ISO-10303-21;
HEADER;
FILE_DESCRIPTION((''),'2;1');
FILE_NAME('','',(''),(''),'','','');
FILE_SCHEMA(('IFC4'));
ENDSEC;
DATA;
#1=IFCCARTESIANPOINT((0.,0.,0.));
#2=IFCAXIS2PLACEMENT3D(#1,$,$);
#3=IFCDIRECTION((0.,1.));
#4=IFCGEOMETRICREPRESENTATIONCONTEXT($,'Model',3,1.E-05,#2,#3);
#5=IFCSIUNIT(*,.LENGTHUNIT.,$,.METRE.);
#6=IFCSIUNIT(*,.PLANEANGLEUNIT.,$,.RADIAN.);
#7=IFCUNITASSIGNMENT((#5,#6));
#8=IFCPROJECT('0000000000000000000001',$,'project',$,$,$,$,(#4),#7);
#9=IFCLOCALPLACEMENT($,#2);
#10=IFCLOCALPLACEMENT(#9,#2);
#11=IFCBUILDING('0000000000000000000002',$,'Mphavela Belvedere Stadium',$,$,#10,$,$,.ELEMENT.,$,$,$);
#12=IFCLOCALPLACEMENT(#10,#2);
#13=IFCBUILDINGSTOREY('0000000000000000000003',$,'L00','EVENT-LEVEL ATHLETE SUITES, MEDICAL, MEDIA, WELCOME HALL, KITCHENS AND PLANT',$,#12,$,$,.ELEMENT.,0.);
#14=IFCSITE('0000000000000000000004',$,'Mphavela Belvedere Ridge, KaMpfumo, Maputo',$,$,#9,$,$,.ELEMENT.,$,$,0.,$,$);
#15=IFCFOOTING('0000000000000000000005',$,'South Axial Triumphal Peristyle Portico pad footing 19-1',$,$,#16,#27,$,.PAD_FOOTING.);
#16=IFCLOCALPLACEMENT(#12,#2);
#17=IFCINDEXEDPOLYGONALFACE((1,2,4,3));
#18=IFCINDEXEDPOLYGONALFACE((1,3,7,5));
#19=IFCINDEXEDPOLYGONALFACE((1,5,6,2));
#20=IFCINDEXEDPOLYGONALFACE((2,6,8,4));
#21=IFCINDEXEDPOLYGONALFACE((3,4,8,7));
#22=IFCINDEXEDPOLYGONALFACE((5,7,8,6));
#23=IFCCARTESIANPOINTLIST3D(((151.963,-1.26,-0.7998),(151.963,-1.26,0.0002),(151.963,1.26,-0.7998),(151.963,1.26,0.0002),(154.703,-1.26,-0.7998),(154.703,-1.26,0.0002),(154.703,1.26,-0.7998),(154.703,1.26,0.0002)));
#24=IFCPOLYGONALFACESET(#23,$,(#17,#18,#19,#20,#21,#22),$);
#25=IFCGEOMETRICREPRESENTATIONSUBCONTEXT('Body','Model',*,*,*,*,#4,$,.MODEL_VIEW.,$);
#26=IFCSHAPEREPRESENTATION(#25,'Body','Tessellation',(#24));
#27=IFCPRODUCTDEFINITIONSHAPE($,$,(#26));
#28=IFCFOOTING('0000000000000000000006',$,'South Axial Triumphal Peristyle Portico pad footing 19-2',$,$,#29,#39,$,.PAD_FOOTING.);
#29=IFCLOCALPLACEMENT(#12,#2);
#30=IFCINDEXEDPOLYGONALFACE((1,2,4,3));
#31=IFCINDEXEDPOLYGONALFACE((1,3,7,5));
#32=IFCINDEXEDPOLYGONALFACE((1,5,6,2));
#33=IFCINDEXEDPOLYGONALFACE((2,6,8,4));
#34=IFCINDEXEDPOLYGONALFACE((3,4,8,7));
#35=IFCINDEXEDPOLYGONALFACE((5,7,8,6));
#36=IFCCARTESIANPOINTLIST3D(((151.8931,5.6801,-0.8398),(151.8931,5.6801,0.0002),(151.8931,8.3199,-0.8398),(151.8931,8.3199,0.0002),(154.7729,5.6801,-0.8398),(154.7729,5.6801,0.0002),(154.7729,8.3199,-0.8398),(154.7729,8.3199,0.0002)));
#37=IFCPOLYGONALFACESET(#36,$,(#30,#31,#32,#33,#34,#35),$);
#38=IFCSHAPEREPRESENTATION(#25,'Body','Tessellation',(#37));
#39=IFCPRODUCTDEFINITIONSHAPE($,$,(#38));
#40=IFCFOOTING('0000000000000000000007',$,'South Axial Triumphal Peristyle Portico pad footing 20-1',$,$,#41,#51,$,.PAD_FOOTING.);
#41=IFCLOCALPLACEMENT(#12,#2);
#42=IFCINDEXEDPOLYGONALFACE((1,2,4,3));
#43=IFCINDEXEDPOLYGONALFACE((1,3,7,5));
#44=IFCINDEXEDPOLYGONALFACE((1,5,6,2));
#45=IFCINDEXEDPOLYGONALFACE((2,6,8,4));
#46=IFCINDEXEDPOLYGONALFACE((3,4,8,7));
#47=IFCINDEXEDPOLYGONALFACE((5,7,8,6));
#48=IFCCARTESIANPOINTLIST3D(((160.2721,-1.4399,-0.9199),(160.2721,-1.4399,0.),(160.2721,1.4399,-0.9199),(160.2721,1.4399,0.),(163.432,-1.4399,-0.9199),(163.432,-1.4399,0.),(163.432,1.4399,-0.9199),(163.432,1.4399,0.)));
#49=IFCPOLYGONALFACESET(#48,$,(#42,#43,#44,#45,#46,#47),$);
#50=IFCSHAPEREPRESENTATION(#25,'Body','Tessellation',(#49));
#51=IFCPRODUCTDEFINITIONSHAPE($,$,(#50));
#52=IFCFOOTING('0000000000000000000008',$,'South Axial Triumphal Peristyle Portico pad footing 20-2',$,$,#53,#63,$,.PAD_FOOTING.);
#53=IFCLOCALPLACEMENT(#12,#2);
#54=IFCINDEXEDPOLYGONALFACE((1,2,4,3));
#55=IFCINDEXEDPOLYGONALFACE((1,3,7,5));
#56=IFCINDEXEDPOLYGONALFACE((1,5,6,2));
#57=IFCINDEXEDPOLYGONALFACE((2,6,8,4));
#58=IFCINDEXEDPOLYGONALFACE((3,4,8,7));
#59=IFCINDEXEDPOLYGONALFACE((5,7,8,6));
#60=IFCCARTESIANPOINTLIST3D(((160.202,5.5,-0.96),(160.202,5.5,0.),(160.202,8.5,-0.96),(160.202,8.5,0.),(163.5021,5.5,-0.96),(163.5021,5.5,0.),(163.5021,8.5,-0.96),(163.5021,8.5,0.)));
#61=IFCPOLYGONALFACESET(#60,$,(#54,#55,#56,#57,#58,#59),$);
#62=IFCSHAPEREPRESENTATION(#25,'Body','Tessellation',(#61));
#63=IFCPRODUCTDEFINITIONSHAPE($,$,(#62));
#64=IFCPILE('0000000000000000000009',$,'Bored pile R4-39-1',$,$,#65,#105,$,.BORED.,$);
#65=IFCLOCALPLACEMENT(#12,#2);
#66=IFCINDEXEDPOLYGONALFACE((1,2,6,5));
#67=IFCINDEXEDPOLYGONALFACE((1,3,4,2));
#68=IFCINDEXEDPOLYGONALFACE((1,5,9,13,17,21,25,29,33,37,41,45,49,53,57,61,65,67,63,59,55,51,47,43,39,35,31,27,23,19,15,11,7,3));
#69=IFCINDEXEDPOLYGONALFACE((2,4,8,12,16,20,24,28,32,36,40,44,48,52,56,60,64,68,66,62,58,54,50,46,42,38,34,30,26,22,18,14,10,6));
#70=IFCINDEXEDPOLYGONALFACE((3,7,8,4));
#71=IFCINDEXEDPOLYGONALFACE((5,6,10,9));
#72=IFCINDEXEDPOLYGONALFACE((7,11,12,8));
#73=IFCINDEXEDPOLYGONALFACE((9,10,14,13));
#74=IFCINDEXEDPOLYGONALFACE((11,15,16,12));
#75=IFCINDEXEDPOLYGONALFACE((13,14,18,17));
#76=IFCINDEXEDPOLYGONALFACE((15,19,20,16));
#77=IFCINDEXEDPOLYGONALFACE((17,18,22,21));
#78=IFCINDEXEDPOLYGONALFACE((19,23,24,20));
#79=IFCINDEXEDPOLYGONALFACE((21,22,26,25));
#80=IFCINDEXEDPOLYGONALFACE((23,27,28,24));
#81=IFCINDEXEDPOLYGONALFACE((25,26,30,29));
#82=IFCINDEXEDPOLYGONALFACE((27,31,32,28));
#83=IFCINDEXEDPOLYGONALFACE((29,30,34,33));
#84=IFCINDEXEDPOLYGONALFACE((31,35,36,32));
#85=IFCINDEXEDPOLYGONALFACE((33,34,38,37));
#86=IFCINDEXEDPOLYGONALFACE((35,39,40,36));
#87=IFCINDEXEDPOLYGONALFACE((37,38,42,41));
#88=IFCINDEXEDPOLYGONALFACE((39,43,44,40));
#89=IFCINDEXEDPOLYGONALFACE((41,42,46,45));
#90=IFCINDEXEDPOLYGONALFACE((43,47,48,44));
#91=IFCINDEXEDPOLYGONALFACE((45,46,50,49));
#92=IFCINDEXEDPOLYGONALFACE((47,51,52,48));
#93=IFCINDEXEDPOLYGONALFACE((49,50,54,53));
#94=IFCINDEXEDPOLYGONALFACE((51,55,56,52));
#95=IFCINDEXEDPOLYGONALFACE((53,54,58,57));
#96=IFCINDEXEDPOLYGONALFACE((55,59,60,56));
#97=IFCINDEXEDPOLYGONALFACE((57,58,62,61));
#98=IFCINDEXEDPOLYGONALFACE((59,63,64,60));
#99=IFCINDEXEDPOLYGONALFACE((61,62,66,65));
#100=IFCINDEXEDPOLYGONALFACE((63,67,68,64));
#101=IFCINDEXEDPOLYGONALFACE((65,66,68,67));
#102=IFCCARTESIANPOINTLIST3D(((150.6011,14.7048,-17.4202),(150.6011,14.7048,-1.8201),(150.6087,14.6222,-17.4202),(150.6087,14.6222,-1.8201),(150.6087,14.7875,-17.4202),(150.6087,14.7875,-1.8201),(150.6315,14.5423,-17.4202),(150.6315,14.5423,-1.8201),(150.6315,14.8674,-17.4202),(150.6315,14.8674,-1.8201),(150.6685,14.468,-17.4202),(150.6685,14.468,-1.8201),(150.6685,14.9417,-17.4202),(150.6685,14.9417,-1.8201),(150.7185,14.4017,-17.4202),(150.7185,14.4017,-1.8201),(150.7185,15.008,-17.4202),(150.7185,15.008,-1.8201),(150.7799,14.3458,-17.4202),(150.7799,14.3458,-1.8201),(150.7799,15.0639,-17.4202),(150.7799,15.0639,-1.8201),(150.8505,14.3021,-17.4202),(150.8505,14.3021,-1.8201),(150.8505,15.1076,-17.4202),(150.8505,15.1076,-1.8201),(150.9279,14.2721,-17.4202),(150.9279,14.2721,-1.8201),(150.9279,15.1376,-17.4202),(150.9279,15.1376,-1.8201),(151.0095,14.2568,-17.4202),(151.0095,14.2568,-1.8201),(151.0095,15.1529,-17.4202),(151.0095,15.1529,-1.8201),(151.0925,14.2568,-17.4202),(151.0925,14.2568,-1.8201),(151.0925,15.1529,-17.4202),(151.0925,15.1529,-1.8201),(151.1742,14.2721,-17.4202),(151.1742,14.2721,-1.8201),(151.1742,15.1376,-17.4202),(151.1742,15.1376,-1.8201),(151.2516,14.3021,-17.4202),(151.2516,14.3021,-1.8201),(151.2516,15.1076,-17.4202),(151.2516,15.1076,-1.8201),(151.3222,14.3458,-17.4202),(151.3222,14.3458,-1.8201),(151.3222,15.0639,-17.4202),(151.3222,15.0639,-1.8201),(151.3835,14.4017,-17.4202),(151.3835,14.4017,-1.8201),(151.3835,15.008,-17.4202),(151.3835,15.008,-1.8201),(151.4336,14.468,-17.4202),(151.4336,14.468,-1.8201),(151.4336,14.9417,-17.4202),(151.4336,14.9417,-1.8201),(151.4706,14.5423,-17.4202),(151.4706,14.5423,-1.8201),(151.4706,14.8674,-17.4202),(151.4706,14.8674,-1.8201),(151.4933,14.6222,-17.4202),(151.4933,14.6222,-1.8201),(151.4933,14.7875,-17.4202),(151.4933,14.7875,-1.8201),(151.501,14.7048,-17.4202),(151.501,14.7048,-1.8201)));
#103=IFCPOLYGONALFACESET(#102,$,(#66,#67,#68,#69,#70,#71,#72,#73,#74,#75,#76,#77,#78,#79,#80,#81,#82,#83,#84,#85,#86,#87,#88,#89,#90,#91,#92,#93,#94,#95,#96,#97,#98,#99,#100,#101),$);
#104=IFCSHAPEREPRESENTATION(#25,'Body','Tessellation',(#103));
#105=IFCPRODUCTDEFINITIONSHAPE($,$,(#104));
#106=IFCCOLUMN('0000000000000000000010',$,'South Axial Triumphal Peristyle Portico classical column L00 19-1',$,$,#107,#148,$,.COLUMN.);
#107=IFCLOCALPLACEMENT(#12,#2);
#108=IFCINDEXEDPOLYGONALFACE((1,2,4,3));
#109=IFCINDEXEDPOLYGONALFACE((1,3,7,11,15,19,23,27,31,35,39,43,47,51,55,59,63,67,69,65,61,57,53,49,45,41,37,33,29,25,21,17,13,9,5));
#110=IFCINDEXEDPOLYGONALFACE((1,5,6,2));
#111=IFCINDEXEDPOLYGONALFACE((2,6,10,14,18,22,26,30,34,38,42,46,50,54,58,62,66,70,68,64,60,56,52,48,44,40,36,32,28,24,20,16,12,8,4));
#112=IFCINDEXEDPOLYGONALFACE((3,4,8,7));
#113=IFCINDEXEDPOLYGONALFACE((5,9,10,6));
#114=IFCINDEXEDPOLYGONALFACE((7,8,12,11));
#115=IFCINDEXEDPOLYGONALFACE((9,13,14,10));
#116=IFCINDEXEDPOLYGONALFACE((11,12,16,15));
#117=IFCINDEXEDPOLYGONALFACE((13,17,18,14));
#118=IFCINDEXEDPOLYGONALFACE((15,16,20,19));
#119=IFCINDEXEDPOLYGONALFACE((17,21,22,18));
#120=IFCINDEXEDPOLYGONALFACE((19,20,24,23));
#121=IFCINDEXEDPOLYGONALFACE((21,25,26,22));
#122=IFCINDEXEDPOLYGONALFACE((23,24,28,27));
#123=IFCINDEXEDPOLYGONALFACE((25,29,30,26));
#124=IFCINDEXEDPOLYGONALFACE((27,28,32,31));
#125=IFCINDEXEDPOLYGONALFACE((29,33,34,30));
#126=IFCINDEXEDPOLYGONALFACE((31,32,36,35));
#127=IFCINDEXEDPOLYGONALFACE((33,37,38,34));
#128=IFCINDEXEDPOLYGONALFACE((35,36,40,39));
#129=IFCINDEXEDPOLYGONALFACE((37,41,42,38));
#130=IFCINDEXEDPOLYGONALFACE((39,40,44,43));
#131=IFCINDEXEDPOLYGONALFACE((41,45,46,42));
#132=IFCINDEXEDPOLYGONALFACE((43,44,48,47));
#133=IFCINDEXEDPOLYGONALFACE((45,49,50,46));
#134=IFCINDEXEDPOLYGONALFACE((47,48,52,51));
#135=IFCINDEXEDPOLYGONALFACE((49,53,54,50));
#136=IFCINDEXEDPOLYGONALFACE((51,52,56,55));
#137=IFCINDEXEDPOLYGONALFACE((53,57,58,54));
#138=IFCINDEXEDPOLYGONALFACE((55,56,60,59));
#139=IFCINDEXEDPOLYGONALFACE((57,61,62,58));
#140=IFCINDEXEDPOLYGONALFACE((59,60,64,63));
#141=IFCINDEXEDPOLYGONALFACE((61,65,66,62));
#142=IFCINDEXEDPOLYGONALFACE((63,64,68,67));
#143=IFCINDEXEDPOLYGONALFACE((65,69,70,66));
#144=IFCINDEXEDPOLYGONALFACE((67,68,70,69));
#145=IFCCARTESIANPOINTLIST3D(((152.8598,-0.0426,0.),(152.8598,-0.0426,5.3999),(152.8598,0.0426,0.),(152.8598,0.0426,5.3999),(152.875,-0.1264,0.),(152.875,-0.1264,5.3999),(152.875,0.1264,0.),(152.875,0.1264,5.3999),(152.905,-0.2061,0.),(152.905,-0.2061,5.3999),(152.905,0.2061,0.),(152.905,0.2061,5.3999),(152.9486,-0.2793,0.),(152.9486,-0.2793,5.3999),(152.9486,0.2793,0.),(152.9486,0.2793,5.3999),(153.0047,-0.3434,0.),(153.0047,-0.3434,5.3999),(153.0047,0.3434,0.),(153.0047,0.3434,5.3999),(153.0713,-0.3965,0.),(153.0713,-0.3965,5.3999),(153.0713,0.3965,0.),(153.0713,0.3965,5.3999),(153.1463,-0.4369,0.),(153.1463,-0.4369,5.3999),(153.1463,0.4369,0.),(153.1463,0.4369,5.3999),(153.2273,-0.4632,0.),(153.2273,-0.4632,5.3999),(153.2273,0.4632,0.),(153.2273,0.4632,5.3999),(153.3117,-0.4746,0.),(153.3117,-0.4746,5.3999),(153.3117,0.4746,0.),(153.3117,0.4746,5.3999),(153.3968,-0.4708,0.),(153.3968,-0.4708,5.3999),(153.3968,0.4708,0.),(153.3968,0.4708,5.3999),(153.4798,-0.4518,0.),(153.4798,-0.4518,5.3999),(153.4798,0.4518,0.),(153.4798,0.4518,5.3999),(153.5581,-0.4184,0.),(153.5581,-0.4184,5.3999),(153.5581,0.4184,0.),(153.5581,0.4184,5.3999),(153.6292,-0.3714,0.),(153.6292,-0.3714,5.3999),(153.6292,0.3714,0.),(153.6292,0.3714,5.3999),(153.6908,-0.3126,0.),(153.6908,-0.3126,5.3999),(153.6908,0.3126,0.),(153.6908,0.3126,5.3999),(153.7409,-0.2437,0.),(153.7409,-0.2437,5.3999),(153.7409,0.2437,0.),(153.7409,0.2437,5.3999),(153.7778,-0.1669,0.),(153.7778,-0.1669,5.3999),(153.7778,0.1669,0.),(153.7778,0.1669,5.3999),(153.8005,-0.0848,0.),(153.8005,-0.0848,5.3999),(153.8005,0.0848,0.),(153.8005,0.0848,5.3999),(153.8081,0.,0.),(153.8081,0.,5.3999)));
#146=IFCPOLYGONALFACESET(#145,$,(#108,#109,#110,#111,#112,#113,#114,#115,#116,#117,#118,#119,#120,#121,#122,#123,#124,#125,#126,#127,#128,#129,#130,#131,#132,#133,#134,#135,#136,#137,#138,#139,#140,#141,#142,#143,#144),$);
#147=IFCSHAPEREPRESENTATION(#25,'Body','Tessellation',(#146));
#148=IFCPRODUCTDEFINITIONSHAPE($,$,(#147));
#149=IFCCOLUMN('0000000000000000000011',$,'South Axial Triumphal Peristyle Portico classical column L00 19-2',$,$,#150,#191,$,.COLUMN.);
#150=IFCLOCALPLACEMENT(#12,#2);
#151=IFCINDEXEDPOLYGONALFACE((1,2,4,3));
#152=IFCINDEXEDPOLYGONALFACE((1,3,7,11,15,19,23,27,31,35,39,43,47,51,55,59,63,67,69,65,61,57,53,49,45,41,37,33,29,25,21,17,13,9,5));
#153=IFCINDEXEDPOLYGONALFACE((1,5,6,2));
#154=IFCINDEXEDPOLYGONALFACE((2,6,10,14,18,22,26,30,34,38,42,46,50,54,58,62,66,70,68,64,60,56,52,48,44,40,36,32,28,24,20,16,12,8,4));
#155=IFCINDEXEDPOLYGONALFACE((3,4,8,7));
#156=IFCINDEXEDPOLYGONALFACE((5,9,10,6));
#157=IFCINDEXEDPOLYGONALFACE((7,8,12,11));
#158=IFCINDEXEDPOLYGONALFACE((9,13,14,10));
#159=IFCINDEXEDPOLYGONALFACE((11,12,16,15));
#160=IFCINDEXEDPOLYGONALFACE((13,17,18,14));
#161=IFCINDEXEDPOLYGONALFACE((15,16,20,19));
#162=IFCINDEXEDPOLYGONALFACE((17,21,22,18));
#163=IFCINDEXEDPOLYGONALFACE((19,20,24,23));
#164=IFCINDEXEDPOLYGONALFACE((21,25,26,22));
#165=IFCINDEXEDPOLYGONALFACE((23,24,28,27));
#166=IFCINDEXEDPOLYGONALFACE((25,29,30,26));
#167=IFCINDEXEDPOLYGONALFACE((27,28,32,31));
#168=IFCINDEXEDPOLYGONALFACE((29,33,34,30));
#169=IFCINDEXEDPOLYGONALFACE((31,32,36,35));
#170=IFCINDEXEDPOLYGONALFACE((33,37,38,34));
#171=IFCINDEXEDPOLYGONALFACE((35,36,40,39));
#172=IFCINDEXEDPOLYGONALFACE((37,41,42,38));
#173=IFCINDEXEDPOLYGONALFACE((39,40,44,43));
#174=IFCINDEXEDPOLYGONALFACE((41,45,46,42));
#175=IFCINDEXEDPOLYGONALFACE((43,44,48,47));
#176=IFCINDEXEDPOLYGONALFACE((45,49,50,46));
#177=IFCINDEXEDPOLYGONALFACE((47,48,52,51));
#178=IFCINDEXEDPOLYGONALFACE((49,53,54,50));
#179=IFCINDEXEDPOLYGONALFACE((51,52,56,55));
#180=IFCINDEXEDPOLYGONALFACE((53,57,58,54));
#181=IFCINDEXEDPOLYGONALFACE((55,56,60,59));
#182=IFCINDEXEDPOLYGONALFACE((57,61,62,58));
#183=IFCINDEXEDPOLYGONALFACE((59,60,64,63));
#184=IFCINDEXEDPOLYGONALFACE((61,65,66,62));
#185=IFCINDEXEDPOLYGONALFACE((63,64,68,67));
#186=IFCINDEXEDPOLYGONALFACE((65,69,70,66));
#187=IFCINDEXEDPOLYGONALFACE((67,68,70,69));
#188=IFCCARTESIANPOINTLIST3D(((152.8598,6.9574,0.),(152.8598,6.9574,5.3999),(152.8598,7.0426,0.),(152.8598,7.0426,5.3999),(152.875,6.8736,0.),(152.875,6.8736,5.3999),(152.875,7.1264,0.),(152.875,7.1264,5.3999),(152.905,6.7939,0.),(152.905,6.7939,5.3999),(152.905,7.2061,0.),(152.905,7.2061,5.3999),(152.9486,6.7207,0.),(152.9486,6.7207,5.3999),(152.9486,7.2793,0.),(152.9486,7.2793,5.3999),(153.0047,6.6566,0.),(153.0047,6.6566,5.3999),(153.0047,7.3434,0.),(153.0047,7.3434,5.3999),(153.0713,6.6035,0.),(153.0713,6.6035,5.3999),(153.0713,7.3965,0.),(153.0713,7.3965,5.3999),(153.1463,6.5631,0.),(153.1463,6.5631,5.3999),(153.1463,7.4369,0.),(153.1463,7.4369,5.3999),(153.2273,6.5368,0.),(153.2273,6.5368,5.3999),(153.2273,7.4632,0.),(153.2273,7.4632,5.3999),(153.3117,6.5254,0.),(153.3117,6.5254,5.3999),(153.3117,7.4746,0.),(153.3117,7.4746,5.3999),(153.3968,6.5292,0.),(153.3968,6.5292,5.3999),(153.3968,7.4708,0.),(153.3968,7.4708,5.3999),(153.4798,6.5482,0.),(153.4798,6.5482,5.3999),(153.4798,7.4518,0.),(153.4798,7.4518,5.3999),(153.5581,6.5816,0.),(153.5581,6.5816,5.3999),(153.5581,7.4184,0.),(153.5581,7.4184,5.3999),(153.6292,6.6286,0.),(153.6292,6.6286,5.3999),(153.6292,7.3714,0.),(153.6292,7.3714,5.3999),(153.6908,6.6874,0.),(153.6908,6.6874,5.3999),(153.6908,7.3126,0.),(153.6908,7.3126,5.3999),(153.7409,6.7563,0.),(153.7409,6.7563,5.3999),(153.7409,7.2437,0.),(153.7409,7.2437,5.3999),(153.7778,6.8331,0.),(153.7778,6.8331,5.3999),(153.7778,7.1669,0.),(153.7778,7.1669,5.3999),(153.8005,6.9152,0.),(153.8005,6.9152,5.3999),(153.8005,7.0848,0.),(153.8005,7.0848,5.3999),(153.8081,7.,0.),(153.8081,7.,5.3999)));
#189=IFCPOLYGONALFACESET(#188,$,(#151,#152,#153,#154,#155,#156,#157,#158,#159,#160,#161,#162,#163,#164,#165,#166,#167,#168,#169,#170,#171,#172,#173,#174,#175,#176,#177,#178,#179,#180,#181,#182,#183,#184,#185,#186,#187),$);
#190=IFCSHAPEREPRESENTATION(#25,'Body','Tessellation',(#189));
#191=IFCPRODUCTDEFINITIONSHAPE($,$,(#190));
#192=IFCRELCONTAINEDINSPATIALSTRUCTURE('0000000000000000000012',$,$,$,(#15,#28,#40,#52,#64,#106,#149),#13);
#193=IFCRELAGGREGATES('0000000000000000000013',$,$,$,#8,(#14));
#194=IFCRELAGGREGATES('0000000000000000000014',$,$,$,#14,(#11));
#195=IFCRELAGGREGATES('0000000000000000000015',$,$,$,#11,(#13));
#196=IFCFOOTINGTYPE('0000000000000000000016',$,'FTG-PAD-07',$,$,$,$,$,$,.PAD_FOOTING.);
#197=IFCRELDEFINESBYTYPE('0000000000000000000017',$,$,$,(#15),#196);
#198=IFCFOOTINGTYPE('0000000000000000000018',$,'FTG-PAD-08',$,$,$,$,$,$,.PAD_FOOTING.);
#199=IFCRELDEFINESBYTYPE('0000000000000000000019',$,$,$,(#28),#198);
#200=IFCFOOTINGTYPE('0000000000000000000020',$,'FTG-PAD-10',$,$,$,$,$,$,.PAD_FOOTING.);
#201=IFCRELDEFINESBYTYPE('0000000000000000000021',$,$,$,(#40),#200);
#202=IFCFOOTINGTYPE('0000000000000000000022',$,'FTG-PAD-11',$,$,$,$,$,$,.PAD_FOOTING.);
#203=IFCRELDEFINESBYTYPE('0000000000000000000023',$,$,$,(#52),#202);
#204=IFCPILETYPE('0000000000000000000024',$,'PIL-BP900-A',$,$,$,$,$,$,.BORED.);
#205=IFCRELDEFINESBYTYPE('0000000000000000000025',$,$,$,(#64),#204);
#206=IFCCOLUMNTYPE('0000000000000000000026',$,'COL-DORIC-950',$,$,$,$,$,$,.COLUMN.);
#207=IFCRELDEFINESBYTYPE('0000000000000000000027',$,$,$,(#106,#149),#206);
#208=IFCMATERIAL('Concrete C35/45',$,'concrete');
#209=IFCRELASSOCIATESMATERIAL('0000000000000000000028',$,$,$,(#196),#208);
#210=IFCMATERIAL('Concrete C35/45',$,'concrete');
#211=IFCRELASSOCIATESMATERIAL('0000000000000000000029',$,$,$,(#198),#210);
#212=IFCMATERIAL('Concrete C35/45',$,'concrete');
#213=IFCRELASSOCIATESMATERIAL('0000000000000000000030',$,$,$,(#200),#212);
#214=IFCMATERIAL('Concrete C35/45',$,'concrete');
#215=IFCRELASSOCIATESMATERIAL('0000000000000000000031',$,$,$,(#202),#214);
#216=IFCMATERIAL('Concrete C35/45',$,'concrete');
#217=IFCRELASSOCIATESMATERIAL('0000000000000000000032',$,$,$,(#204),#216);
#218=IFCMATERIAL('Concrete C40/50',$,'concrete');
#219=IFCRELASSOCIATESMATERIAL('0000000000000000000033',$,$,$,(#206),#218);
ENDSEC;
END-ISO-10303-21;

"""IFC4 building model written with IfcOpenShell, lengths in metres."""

from ifc_helpers import new_model, si_unit, direction, frame, origin, origin_2d, place, context, subcontext, project, spatial, rectangle, circle, extrude, material, material_profile, profile_set, type_object, element, save


model = new_model("IFC4")

# Units and contexts
model_context = context("Model", 3, precision=1e-05, world=origin(), true_north=direction((0.0, 1.0)))
body_context = subcontext(model_context, "Body", "Model", "MODEL_VIEW")
ifc_project = project(units=[si_unit("LENGTHUNIT", "METRE"), si_unit("PLANEANGLEUNIT", "RADIAN")], contexts=[model_context])

# Site, building, storey
site_placement = place(None, origin())
site = spatial("IfcSite", under=ifc_project, at=site_placement, Name="Mphavela Belvedere Ridge, KaMpfumo, Maputo", CompositionType="ELEMENT", RefElevation=0.0)
building_placement = place(site_placement, origin())
building = spatial("IfcBuilding", under=site, at=building_placement, Name="Mphavela Belvedere Stadium", CompositionType="ELEMENT")
storey_placement = place(building_placement, origin())
storey = spatial("IfcBuildingStorey", under=building, at=storey_placement, Name="L00", Description="EVENT-LEVEL ATHLETE SUITES, MEDICAL, MEDIA, WELCOME HALL, KITCHENS AND PLANT", CompositionType="ELEMENT", Elevation=0.0)

# Footings
ifc_material_1 = material(Name="Concrete C35/45", Category="concrete")
footing_type_1 = type_object("IfcFootingType", Name="FTG-PAD-07", PredefinedType="PAD_FOOTING", material=ifc_material_1)
footing_1_placement = place(storey_placement, frame((153.333, 0.0, -0.7998), z_axis=(0.0, 0.0, 1.0), x_axis=(1.0, 0.0, 0.0)))
element("IfcFooting", 1, at=footing_1_placement, inside=storey, type_object=footing_type_1, Name="South Axial Triumphal Peristyle Portico pad footing 19-1", PredefinedType="PAD_FOOTING", context=body_context, shape_type="SweptSolid", body=[
    extrude(rectangle(XDim=2.74, YDim=2.52, at=origin_2d()), origin(), (0.0, 0.0, 1.0), 0.8),
])
ifc_material_2 = material(Name="Concrete C35/45", Category="concrete")
footing_type_2 = type_object("IfcFootingType", Name="FTG-PAD-08", PredefinedType="PAD_FOOTING", material=ifc_material_2)
footing_2_placement = place(storey_placement, frame((153.333, 7.0, -0.8398), z_axis=(0.0, 0.0, 1.0), x_axis=(1.0, 0.0, 0.0)))
element("IfcFooting", 2, at=footing_2_placement, inside=storey, type_object=footing_type_2, Name="South Axial Triumphal Peristyle Portico pad footing 19-2", PredefinedType="PAD_FOOTING", context=body_context, shape_type="SweptSolid", body=[
    extrude(rectangle(XDim=2.8799, YDim=2.6399, at=origin_2d()), origin(), (0.0, 0.0, 1.0), 0.8401),
])
ifc_material_3 = material(Name="Concrete C35/45", Category="concrete")
footing_type_3 = type_object("IfcFootingType", Name="FTG-PAD-10", PredefinedType="PAD_FOOTING", material=ifc_material_3)
footing_3_placement = place(storey_placement, frame((161.8521, 0.0, -0.9199), z_axis=(0.0, 0.0, 1.0), x_axis=(1.0, 0.0, 0.0)))
element("IfcFooting", 3, at=footing_3_placement, inside=storey, type_object=footing_type_3, Name="South Axial Triumphal Peristyle Portico pad footing 20-1", PredefinedType="PAD_FOOTING", context=body_context, shape_type="SweptSolid", body=[
    extrude(rectangle(XDim=3.1599, YDim=2.8799, at=origin_2d()), origin(), (0.0, 0.0, 1.0), 0.9199),
])
ifc_material_4 = material(Name="Concrete C35/45", Category="concrete")
footing_type_4 = type_object("IfcFootingType", Name="FTG-PAD-11", PredefinedType="PAD_FOOTING", material=ifc_material_4)
footing_4_placement = place(storey_placement, frame((161.8521, 7.0, -0.96), z_axis=(0.0, 0.0, 1.0), x_axis=(1.0, 0.0, 0.0)))
element("IfcFooting", 4, at=footing_4_placement, inside=storey, type_object=footing_type_4, Name="South Axial Triumphal Peristyle Portico pad footing 20-2", PredefinedType="PAD_FOOTING", context=body_context, shape_type="SweptSolid", body=[
    extrude(rectangle(XDim=3.3, YDim=3.0, at=origin_2d()), origin(), (0.0, 0.0, 1.0), 0.96),
])

# Pile
ifc_material_5 = material(Name="Concrete C35/45", Category="concrete")
ifc_material_profile_1 = material_profile(ifc_material_5, circle(Radius=0.45, at=origin_2d()), Name="BP D900")
ifc_profile_set_1 = profile_set([ifc_material_profile_1], Name="Concrete C35/45")
pile_type = type_object("IfcPileType", Name="PIL-BP900-A", PredefinedType="BORED", material=ifc_profile_set_1)
pile_placement = place(storey_placement, frame((151.051, 14.7048, -1.8201), z_axis=(0.0, 0.0, -1.0), x_axis=(1.0, 0.0, 0.0)))
element("IfcPile", 5, at=pile_placement, inside=storey, type_object=pile_type, Name="Bored pile R4-39-1", PredefinedType="BORED", context=body_context, shape_type="SweptSolid", body=[
    extrude(circle(Radius=0.45, at=origin_2d()), origin(), (0.0, 0.0, 1.0), 15.6001),
])

# Columns
ifc_material_6 = material(Name="Concrete C40/50", Category="concrete")
ifc_material_profile_2 = material_profile(ifc_material_6, circle(Radius=0.4751, at=origin_2d()), Name="COL D950")
ifc_profile_set_2 = profile_set([ifc_material_profile_2], Name="Concrete C40/50")
column_type_1 = type_object("IfcColumnType", Name="COL-DORIC-950", PredefinedType="COLUMN", material=ifc_profile_set_2)
for number, where, z_axis, x_axis, name in (
    (6, (153.333, 0.0, 0.0), (0.0, 0.0, 1.0), (1.0, 0.0, 0.0), "South Axial Triumphal Peristyle Portico classical column L00 19-1"),
    (7, (153.333, 7.0, 0.0), (0.0, 0.0, 1.0), (1.0, 0.0, 0.0), "South Axial Triumphal Peristyle Portico classical column L00 19-2"),
):
    element("IfcColumn", number, at=place(storey_placement, frame(where, z_axis=z_axis, x_axis=x_axis)), inside=storey, type_object=column_type_1, Name=name, PredefinedType="COLUMN", context=body_context, shape_type="SweptSolid", body=[
        extrude(circle(Radius=0.4751, at=origin_2d()), origin(), (0.0, 0.0, 1.0), 5.3999),
    ])

save(model, "model.ifc")
